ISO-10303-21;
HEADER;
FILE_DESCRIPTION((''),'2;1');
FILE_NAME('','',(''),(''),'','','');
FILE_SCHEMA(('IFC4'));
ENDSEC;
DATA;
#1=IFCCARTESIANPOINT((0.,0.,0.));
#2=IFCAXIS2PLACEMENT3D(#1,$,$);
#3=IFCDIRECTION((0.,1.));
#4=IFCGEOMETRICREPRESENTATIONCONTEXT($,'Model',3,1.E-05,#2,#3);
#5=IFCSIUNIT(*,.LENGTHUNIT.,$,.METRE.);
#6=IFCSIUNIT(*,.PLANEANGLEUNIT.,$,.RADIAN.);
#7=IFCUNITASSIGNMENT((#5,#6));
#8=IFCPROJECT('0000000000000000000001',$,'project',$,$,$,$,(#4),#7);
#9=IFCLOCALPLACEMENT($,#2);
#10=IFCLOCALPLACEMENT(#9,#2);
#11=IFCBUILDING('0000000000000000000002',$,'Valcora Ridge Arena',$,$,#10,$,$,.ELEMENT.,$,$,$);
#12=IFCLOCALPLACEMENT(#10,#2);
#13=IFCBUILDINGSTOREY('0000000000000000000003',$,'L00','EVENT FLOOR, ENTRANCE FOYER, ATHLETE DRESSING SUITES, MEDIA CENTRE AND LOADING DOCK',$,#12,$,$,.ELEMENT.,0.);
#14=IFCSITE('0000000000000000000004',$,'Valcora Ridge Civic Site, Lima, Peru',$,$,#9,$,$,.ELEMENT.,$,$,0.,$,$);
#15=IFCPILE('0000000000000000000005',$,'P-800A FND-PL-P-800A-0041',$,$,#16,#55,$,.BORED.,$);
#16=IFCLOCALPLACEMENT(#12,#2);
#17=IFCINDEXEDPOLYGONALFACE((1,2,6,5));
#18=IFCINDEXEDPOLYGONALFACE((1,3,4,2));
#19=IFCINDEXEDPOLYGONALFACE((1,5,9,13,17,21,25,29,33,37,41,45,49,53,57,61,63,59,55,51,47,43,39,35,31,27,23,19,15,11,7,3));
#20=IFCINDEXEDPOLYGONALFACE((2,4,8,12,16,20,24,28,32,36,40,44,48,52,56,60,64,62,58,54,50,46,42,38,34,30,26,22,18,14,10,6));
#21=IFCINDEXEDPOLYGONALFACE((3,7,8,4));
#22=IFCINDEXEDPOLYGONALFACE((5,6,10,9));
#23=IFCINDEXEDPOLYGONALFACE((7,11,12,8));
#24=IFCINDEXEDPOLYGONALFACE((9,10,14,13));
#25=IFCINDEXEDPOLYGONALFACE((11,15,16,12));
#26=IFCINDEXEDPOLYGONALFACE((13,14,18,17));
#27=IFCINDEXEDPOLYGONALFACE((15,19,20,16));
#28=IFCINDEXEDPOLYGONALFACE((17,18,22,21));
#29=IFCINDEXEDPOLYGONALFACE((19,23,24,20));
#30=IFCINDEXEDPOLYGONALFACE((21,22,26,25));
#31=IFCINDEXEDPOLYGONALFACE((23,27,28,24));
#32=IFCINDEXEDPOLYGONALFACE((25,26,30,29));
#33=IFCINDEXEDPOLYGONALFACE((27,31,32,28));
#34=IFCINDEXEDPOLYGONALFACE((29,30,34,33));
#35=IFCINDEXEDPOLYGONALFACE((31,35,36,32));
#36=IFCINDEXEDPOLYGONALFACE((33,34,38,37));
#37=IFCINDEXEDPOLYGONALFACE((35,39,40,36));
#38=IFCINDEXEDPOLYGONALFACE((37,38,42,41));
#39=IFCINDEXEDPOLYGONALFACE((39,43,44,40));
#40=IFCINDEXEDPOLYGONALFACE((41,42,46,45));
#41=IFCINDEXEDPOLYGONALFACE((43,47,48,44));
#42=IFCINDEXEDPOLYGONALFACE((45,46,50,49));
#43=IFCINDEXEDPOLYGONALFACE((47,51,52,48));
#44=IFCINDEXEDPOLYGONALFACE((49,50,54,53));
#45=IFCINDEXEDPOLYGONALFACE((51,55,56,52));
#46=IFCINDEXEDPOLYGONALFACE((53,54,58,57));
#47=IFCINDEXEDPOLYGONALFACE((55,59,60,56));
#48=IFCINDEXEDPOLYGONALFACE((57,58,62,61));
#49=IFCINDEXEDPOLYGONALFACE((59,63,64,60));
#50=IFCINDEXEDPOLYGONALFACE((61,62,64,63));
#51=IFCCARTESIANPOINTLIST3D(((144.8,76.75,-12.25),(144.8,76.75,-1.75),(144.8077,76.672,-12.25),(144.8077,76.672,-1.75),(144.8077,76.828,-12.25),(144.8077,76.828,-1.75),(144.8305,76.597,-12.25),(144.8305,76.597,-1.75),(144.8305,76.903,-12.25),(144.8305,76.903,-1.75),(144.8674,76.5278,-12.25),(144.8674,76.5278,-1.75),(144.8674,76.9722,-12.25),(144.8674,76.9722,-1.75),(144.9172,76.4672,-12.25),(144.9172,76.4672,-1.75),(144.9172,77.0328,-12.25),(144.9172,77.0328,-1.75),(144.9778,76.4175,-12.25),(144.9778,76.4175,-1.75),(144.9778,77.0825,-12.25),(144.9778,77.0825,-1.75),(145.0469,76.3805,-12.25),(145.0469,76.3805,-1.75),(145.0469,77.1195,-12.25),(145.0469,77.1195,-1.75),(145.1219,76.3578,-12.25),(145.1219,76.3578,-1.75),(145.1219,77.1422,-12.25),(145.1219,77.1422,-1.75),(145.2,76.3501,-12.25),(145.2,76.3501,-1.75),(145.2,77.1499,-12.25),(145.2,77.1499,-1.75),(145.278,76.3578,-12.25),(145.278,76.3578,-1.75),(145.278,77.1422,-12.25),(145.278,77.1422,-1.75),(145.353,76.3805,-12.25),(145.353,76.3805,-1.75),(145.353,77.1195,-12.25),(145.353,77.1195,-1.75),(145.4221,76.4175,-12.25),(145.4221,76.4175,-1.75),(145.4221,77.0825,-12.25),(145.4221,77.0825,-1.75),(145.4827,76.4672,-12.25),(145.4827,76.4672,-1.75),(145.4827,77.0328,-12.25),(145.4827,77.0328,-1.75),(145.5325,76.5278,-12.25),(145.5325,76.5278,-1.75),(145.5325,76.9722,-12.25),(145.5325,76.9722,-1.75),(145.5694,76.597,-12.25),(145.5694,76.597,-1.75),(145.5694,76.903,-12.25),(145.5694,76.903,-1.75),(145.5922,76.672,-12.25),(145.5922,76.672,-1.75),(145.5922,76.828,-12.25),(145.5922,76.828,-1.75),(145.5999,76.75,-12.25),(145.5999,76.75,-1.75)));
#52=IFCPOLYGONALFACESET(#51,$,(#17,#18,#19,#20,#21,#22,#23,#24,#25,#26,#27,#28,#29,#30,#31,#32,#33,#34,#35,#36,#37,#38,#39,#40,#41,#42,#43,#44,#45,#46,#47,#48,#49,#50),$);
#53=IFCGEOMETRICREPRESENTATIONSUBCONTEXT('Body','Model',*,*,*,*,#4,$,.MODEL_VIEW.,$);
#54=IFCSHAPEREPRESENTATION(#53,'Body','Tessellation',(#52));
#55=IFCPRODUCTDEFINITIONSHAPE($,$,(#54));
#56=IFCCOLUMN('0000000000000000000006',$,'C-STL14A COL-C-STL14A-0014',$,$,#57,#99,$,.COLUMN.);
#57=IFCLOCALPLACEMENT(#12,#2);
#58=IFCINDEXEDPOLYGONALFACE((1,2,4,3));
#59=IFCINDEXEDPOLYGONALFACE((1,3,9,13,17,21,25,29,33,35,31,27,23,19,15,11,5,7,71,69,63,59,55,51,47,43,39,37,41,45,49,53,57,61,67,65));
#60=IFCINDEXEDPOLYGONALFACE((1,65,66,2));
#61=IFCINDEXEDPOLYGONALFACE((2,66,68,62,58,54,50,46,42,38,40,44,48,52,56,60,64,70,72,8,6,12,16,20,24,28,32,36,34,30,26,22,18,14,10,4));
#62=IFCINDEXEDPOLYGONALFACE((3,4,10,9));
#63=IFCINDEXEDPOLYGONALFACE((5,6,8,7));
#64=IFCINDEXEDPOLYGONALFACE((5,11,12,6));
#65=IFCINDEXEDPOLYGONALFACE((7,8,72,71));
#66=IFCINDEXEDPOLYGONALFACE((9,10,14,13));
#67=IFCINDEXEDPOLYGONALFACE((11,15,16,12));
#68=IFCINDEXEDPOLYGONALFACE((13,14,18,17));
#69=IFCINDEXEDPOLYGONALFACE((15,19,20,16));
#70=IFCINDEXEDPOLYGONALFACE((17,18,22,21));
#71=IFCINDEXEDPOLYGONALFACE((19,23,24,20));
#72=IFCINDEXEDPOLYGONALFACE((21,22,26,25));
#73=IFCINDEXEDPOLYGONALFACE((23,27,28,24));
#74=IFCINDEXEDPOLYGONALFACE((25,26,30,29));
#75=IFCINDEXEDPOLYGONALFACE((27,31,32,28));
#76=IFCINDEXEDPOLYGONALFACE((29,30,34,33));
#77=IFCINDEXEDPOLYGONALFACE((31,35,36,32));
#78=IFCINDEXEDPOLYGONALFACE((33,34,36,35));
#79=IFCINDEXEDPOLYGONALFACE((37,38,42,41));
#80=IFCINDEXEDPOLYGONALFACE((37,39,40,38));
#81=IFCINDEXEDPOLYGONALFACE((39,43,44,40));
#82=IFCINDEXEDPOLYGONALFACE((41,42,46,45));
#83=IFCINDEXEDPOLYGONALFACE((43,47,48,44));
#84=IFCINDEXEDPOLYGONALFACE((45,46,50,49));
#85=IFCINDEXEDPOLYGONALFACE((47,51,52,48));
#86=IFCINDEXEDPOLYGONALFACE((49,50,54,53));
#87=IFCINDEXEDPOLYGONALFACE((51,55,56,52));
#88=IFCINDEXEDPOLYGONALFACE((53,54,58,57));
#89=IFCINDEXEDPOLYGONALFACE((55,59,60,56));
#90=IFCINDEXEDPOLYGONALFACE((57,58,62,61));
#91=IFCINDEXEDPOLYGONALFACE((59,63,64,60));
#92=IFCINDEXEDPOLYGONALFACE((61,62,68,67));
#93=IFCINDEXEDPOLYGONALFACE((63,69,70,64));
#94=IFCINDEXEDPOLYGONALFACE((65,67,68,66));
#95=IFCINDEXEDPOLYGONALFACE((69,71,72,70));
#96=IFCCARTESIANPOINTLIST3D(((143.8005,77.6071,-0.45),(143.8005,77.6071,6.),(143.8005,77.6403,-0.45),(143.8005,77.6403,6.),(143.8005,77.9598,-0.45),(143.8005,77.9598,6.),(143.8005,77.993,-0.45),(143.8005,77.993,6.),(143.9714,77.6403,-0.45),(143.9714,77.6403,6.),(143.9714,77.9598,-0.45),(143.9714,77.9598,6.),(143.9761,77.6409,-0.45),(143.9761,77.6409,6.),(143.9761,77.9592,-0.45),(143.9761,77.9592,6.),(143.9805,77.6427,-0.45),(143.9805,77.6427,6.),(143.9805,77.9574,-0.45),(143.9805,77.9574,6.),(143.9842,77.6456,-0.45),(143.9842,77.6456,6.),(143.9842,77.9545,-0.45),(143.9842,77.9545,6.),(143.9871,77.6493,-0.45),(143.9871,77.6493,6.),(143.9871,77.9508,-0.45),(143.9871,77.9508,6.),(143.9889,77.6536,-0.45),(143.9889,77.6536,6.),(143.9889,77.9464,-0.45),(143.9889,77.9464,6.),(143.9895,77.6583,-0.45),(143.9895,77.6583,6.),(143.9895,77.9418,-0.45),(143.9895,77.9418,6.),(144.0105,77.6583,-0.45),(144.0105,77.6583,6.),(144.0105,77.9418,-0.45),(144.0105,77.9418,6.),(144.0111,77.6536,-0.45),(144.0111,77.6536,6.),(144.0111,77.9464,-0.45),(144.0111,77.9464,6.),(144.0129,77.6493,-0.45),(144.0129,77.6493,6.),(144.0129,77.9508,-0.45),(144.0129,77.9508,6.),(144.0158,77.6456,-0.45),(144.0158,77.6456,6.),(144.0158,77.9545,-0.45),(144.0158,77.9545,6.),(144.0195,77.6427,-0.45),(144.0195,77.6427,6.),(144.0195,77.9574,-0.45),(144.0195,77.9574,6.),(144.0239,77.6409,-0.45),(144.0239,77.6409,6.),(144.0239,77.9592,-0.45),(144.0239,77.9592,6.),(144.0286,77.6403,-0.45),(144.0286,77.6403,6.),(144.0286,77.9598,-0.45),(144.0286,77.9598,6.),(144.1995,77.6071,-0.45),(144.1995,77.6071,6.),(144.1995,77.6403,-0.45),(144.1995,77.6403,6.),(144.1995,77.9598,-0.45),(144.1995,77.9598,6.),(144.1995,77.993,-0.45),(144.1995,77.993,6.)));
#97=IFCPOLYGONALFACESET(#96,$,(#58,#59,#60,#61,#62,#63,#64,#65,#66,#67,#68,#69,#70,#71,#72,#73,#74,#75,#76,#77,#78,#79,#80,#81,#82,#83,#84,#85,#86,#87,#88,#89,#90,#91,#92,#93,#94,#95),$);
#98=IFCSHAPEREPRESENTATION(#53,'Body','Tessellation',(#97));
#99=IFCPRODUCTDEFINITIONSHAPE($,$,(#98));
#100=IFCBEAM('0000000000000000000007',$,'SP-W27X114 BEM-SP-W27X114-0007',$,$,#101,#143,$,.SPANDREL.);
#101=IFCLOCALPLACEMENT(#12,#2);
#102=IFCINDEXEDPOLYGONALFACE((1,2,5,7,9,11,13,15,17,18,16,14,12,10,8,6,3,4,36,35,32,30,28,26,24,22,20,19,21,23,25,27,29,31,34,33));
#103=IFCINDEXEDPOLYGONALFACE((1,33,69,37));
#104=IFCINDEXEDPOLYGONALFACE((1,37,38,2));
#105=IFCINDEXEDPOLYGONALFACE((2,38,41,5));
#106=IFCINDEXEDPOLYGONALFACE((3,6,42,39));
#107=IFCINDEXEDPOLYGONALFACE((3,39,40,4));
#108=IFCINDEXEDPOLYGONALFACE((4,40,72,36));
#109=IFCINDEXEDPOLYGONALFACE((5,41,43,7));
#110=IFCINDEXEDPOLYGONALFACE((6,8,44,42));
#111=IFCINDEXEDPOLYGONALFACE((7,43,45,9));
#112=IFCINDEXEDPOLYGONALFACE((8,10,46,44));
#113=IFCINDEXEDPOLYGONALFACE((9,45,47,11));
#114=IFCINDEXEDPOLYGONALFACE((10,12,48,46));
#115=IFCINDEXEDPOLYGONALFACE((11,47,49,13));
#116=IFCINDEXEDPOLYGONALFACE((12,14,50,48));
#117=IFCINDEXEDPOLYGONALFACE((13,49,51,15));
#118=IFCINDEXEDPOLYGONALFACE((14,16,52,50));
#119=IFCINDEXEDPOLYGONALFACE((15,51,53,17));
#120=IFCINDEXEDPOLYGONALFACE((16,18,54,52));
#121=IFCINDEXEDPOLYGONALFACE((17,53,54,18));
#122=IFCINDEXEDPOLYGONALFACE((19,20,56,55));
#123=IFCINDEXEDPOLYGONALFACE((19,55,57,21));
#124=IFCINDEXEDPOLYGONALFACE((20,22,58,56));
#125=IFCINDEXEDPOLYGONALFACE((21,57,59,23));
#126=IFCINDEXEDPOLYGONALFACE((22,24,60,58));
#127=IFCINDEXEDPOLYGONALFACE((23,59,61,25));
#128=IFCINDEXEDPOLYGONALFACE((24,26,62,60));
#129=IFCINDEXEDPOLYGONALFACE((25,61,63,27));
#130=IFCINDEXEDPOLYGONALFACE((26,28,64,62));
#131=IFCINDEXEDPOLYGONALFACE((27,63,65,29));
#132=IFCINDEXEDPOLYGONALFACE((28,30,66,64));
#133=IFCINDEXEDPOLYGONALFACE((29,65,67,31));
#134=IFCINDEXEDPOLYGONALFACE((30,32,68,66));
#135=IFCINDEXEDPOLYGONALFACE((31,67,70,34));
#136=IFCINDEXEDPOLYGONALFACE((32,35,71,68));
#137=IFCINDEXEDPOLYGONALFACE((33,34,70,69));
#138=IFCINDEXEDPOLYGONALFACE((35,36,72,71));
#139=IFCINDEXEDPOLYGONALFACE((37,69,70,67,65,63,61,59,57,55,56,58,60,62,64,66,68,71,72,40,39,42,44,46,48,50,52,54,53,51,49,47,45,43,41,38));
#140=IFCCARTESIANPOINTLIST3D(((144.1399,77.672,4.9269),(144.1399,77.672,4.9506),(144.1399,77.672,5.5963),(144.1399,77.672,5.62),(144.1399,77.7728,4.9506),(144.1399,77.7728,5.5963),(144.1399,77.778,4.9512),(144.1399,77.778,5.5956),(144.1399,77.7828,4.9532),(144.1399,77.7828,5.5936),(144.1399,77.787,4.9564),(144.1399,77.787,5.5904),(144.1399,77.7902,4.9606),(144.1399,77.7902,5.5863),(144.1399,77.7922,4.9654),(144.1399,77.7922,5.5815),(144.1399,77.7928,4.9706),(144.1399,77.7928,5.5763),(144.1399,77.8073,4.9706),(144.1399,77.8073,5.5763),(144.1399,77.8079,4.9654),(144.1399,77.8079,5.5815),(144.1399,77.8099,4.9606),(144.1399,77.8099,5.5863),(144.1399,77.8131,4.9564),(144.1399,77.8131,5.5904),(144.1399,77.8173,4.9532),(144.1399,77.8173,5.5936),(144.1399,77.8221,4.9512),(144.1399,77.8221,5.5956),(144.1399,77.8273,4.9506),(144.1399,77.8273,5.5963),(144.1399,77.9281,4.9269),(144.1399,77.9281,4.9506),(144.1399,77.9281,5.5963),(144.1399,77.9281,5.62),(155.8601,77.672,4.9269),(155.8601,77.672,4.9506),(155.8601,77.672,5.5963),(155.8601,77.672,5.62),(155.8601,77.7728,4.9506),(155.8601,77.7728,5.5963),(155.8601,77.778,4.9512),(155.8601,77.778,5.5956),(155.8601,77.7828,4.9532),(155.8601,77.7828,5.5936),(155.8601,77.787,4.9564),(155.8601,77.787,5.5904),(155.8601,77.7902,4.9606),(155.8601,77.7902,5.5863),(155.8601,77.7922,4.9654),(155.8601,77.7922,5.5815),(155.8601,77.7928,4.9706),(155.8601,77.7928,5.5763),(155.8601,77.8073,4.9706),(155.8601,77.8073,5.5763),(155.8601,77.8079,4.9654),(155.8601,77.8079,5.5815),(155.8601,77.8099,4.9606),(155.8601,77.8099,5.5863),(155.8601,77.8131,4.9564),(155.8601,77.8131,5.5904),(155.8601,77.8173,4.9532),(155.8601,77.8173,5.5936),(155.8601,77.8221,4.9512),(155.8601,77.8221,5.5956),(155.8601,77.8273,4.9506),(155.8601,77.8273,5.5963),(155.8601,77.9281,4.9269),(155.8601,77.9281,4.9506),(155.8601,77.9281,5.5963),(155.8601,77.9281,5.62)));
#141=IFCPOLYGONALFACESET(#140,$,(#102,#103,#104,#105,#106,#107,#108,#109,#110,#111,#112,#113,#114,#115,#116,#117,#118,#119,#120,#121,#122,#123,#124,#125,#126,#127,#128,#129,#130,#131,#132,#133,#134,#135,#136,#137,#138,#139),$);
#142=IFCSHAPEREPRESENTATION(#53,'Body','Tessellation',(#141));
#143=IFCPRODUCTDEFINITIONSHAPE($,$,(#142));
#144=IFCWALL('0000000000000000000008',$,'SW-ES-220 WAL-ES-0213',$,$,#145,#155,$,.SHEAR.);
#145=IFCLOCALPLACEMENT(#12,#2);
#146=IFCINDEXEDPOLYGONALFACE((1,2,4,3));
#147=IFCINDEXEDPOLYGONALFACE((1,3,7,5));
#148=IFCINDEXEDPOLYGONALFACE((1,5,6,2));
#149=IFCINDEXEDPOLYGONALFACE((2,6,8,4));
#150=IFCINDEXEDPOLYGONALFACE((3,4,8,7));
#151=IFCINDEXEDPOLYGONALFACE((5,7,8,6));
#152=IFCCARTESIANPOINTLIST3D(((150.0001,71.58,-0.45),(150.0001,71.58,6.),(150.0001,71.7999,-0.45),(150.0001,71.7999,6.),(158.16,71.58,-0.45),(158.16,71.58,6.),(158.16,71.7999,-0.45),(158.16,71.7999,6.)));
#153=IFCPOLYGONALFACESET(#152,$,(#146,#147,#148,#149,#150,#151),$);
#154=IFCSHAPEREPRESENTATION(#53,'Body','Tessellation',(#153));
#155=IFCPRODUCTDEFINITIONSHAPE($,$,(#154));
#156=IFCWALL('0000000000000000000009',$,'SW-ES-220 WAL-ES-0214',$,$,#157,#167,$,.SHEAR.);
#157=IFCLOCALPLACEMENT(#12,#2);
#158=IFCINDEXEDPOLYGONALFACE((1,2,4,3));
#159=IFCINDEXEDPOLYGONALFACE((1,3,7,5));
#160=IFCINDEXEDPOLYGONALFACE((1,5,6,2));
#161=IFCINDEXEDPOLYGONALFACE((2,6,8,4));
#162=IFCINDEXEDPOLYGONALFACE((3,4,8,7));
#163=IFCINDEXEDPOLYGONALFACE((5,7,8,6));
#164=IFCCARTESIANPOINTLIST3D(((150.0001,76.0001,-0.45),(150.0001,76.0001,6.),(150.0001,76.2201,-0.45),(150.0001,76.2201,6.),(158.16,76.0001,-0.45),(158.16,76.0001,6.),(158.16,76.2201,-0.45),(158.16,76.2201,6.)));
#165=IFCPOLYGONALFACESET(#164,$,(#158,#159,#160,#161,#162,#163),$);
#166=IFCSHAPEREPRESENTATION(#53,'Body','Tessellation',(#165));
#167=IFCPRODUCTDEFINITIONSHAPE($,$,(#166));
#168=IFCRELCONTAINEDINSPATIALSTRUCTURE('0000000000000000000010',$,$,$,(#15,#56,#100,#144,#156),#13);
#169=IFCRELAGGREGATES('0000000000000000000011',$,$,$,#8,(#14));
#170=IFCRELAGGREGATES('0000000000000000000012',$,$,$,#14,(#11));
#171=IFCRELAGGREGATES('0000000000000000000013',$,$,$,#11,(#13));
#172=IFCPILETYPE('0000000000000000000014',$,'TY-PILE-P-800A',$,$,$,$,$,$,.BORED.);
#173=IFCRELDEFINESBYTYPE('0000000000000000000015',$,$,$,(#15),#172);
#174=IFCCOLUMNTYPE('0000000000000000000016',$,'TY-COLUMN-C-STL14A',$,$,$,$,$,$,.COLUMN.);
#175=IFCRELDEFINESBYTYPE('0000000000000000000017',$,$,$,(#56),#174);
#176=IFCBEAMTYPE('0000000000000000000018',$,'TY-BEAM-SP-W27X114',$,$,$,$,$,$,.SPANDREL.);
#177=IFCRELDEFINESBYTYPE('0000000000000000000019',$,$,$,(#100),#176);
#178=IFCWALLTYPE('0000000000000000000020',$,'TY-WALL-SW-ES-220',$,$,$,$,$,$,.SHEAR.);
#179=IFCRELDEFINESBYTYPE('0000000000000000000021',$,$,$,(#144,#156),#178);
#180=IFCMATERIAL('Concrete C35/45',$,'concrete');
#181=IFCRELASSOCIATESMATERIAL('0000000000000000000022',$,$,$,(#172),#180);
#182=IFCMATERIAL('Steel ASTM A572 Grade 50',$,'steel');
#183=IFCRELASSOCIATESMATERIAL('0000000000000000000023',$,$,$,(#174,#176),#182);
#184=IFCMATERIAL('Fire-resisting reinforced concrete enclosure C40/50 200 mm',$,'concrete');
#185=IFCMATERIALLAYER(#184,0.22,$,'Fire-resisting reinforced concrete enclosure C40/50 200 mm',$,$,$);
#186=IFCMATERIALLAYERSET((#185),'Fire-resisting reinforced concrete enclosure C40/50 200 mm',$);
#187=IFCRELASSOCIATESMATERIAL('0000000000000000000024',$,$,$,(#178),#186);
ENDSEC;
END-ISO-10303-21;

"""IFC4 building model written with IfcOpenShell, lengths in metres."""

from ifc_helpers import new_model, si_unit, direction, frame, frame_2d, origin, origin_2d, place, context, subcontext, project, spatial, rectangle, circle, i_section, extrude, material, layer, layer_set, material_profile, profile_set, type_object, element, save


model = new_model("IFC4")

# Units and contexts
model_context = context("Model", 3, precision=1e-05, world=origin(), true_north=direction((0.0, 1.0)))
body_context = subcontext(model_context, "Body", "Model", "MODEL_VIEW")
ifc_project = project(units=[si_unit("LENGTHUNIT", "METRE"), si_unit("PLANEANGLEUNIT", "RADIAN")], contexts=[model_context])

# Site, building, storey
site_placement = place(None, origin())
site = spatial("IfcSite", under=ifc_project, at=site_placement, Name="Valcora Ridge Civic Site, Lima, Peru", CompositionType="ELEMENT", RefElevation=0.0)
building_placement = place(site_placement, origin())
building = spatial("IfcBuilding", under=site, at=building_placement, Name="Valcora Ridge Arena", CompositionType="ELEMENT")
storey_placement = place(building_placement, origin())
storey = spatial("IfcBuildingStorey", under=building, at=storey_placement, Name="L00", Description="EVENT FLOOR, ENTRANCE FOYER, ATHLETE DRESSING SUITES, MEDIA CENTRE AND LOADING DOCK", CompositionType="ELEMENT", Elevation=0.0)

# Shared definitions
ifc_material_1 = material(Name="Fire-resisting reinforced concrete enclosure C40/50 200 mm", Category="concrete")

# Pile
ifc_material_2 = material(Name="Concrete C35/45", Category="concrete")
ifc_material_profile_1 = material_profile(ifc_material_2, circle(Radius=0.3999, at=origin_2d()), Name="BORED PILE D800")
ifc_profile_set_1 = profile_set([ifc_material_profile_1], Name="Concrete C35/45")
pile_type = type_object("IfcPileType", Name="TY-PILE-P-800A", PredefinedType="BORED", material=ifc_profile_set_1)
for number, where, z_axis, x_axis, name in (
    (1, (145.2, 76.75, -1.75), (0.0, 0.0, -1.0), (1.0, 0.0, 0.0), "P-800A FND-PL-P-800A-0041"),
):
    element("IfcPile", number, at=place(storey_placement, frame(where, z_axis=z_axis, x_axis=x_axis)), inside=storey, type_object=pile_type, Name=name, PredefinedType="BORED", context=body_context, shape_type="SweptSolid", body=[
        extrude(circle(Radius=0.3999, at=origin_2d()), origin(), (0.0, 0.0, 1.0), 10.5),
    ])

# Column
ifc_material_3 = material(Name="Steel ASTM A572 Grade 50", Category="steel")
ifc_material_profile_2 = material_profile(ifc_material_3, i_section(OverallWidth=0.3989, OverallDepth=0.386, WebThickness=0.021, FlangeThickness=0.0332, FilletRadius=0.0181, at=origin_2d()), Name="W14X176")
ifc_profile_set_2 = profile_set([ifc_material_profile_2], Name="Steel ASTM A572 Grade 50")
column_type = type_object("IfcColumnType", Name="TY-COLUMN-C-STL14A", PredefinedType="COLUMN", material=ifc_profile_set_2)
column_placement = place(storey_placement, frame((144.0, 77.8, -0.45), z_axis=(0.0, 0.0, 1.0), x_axis=(1.0, 0.0, 0.0)))
element("IfcColumn", 2, at=column_placement, inside=storey, type_object=column_type, Name="C-STL14A COL-C-STL14A-0014", PredefinedType="COLUMN", context=body_context, shape_type="SweptSolid", body=[
    extrude(i_section(OverallWidth=0.3989, OverallDepth=0.386, WebThickness=0.021, FlangeThickness=0.0332, FilletRadius=0.0181, at=origin_2d()), origin(), (0.0, 0.0, 1.0), 6.45),
])

# Beam
ifc_material_profile_3 = material_profile(ifc_material_3, i_section(OverallWidth=0.2561, OverallDepth=0.6931, WebThickness=0.0144, FlangeThickness=0.0237, FilletRadius=0.02, at=origin_2d()), Name="W27X114")
ifc_profile_set_3 = profile_set([ifc_material_profile_3], Name="Steel ASTM A572 Grade 50")
beam_type = type_object("IfcBeamType", Name="TY-BEAM-SP-W27X114", PredefinedType="SPANDREL", material=ifc_profile_set_3)
beam_placement = place(storey_placement, frame((144.1399, 77.8, 5.2734), z_axis=(1.0, 0.0, 0.0), x_axis=(0.0, 1.0, 0.0)))
element("IfcBeam", 3, at=beam_placement, inside=storey, type_object=beam_type, Name="SP-W27X114 BEM-SP-W27X114-0007", PredefinedType="SPANDREL", context=body_context, shape_type="SweptSolid", body=[
    extrude(i_section(OverallWidth=0.2561, OverallDepth=0.6931, WebThickness=0.0144, FlangeThickness=0.0237, FilletRadius=0.02, at=origin_2d()), origin(), (0.0, 0.0, 1.0), 11.7202),
])

# Walls
ifc_layer_1 = layer(ifc_material_1, 0.22, Name="Fire-resisting reinforced concrete enclosure C40/50 200 mm")
ifc_layer_set_1 = layer_set([ifc_layer_1], Name="Fire-resisting reinforced concrete enclosure C40/50 200 mm")
wall_type = type_object("IfcWallType", Name="TY-WALL-SW-ES-220", PredefinedType="SHEAR", material=ifc_layer_set_1)
for number, where, z_axis, x_axis, name in (
    (4, (150.0, 71.6899, -0.45), (0.0, 0.0, 1.0), (1.0, 0.0, 0.0), "SW-ES-220 WAL-ES-0213"),
    (5, (150.0, 76.1101, -0.45), (0.0, 0.0, 1.0), (1.0, 0.0, 0.0), "SW-ES-220 WAL-ES-0214"),
):
    element("IfcWall", number, at=place(storey_placement, frame(where, z_axis=z_axis, x_axis=x_axis)), inside=storey, type_object=wall_type, Name=name, PredefinedType="SHEAR", context=body_context, shape_type="SweptSolid", body=[
        extrude(rectangle(XDim=8.1599, YDim=0.22, at=frame_2d((4.0801, 0.0))), origin(), (0.0, 0.0, 1.0), 6.45),
    ])

save(model, "model.ifc")
